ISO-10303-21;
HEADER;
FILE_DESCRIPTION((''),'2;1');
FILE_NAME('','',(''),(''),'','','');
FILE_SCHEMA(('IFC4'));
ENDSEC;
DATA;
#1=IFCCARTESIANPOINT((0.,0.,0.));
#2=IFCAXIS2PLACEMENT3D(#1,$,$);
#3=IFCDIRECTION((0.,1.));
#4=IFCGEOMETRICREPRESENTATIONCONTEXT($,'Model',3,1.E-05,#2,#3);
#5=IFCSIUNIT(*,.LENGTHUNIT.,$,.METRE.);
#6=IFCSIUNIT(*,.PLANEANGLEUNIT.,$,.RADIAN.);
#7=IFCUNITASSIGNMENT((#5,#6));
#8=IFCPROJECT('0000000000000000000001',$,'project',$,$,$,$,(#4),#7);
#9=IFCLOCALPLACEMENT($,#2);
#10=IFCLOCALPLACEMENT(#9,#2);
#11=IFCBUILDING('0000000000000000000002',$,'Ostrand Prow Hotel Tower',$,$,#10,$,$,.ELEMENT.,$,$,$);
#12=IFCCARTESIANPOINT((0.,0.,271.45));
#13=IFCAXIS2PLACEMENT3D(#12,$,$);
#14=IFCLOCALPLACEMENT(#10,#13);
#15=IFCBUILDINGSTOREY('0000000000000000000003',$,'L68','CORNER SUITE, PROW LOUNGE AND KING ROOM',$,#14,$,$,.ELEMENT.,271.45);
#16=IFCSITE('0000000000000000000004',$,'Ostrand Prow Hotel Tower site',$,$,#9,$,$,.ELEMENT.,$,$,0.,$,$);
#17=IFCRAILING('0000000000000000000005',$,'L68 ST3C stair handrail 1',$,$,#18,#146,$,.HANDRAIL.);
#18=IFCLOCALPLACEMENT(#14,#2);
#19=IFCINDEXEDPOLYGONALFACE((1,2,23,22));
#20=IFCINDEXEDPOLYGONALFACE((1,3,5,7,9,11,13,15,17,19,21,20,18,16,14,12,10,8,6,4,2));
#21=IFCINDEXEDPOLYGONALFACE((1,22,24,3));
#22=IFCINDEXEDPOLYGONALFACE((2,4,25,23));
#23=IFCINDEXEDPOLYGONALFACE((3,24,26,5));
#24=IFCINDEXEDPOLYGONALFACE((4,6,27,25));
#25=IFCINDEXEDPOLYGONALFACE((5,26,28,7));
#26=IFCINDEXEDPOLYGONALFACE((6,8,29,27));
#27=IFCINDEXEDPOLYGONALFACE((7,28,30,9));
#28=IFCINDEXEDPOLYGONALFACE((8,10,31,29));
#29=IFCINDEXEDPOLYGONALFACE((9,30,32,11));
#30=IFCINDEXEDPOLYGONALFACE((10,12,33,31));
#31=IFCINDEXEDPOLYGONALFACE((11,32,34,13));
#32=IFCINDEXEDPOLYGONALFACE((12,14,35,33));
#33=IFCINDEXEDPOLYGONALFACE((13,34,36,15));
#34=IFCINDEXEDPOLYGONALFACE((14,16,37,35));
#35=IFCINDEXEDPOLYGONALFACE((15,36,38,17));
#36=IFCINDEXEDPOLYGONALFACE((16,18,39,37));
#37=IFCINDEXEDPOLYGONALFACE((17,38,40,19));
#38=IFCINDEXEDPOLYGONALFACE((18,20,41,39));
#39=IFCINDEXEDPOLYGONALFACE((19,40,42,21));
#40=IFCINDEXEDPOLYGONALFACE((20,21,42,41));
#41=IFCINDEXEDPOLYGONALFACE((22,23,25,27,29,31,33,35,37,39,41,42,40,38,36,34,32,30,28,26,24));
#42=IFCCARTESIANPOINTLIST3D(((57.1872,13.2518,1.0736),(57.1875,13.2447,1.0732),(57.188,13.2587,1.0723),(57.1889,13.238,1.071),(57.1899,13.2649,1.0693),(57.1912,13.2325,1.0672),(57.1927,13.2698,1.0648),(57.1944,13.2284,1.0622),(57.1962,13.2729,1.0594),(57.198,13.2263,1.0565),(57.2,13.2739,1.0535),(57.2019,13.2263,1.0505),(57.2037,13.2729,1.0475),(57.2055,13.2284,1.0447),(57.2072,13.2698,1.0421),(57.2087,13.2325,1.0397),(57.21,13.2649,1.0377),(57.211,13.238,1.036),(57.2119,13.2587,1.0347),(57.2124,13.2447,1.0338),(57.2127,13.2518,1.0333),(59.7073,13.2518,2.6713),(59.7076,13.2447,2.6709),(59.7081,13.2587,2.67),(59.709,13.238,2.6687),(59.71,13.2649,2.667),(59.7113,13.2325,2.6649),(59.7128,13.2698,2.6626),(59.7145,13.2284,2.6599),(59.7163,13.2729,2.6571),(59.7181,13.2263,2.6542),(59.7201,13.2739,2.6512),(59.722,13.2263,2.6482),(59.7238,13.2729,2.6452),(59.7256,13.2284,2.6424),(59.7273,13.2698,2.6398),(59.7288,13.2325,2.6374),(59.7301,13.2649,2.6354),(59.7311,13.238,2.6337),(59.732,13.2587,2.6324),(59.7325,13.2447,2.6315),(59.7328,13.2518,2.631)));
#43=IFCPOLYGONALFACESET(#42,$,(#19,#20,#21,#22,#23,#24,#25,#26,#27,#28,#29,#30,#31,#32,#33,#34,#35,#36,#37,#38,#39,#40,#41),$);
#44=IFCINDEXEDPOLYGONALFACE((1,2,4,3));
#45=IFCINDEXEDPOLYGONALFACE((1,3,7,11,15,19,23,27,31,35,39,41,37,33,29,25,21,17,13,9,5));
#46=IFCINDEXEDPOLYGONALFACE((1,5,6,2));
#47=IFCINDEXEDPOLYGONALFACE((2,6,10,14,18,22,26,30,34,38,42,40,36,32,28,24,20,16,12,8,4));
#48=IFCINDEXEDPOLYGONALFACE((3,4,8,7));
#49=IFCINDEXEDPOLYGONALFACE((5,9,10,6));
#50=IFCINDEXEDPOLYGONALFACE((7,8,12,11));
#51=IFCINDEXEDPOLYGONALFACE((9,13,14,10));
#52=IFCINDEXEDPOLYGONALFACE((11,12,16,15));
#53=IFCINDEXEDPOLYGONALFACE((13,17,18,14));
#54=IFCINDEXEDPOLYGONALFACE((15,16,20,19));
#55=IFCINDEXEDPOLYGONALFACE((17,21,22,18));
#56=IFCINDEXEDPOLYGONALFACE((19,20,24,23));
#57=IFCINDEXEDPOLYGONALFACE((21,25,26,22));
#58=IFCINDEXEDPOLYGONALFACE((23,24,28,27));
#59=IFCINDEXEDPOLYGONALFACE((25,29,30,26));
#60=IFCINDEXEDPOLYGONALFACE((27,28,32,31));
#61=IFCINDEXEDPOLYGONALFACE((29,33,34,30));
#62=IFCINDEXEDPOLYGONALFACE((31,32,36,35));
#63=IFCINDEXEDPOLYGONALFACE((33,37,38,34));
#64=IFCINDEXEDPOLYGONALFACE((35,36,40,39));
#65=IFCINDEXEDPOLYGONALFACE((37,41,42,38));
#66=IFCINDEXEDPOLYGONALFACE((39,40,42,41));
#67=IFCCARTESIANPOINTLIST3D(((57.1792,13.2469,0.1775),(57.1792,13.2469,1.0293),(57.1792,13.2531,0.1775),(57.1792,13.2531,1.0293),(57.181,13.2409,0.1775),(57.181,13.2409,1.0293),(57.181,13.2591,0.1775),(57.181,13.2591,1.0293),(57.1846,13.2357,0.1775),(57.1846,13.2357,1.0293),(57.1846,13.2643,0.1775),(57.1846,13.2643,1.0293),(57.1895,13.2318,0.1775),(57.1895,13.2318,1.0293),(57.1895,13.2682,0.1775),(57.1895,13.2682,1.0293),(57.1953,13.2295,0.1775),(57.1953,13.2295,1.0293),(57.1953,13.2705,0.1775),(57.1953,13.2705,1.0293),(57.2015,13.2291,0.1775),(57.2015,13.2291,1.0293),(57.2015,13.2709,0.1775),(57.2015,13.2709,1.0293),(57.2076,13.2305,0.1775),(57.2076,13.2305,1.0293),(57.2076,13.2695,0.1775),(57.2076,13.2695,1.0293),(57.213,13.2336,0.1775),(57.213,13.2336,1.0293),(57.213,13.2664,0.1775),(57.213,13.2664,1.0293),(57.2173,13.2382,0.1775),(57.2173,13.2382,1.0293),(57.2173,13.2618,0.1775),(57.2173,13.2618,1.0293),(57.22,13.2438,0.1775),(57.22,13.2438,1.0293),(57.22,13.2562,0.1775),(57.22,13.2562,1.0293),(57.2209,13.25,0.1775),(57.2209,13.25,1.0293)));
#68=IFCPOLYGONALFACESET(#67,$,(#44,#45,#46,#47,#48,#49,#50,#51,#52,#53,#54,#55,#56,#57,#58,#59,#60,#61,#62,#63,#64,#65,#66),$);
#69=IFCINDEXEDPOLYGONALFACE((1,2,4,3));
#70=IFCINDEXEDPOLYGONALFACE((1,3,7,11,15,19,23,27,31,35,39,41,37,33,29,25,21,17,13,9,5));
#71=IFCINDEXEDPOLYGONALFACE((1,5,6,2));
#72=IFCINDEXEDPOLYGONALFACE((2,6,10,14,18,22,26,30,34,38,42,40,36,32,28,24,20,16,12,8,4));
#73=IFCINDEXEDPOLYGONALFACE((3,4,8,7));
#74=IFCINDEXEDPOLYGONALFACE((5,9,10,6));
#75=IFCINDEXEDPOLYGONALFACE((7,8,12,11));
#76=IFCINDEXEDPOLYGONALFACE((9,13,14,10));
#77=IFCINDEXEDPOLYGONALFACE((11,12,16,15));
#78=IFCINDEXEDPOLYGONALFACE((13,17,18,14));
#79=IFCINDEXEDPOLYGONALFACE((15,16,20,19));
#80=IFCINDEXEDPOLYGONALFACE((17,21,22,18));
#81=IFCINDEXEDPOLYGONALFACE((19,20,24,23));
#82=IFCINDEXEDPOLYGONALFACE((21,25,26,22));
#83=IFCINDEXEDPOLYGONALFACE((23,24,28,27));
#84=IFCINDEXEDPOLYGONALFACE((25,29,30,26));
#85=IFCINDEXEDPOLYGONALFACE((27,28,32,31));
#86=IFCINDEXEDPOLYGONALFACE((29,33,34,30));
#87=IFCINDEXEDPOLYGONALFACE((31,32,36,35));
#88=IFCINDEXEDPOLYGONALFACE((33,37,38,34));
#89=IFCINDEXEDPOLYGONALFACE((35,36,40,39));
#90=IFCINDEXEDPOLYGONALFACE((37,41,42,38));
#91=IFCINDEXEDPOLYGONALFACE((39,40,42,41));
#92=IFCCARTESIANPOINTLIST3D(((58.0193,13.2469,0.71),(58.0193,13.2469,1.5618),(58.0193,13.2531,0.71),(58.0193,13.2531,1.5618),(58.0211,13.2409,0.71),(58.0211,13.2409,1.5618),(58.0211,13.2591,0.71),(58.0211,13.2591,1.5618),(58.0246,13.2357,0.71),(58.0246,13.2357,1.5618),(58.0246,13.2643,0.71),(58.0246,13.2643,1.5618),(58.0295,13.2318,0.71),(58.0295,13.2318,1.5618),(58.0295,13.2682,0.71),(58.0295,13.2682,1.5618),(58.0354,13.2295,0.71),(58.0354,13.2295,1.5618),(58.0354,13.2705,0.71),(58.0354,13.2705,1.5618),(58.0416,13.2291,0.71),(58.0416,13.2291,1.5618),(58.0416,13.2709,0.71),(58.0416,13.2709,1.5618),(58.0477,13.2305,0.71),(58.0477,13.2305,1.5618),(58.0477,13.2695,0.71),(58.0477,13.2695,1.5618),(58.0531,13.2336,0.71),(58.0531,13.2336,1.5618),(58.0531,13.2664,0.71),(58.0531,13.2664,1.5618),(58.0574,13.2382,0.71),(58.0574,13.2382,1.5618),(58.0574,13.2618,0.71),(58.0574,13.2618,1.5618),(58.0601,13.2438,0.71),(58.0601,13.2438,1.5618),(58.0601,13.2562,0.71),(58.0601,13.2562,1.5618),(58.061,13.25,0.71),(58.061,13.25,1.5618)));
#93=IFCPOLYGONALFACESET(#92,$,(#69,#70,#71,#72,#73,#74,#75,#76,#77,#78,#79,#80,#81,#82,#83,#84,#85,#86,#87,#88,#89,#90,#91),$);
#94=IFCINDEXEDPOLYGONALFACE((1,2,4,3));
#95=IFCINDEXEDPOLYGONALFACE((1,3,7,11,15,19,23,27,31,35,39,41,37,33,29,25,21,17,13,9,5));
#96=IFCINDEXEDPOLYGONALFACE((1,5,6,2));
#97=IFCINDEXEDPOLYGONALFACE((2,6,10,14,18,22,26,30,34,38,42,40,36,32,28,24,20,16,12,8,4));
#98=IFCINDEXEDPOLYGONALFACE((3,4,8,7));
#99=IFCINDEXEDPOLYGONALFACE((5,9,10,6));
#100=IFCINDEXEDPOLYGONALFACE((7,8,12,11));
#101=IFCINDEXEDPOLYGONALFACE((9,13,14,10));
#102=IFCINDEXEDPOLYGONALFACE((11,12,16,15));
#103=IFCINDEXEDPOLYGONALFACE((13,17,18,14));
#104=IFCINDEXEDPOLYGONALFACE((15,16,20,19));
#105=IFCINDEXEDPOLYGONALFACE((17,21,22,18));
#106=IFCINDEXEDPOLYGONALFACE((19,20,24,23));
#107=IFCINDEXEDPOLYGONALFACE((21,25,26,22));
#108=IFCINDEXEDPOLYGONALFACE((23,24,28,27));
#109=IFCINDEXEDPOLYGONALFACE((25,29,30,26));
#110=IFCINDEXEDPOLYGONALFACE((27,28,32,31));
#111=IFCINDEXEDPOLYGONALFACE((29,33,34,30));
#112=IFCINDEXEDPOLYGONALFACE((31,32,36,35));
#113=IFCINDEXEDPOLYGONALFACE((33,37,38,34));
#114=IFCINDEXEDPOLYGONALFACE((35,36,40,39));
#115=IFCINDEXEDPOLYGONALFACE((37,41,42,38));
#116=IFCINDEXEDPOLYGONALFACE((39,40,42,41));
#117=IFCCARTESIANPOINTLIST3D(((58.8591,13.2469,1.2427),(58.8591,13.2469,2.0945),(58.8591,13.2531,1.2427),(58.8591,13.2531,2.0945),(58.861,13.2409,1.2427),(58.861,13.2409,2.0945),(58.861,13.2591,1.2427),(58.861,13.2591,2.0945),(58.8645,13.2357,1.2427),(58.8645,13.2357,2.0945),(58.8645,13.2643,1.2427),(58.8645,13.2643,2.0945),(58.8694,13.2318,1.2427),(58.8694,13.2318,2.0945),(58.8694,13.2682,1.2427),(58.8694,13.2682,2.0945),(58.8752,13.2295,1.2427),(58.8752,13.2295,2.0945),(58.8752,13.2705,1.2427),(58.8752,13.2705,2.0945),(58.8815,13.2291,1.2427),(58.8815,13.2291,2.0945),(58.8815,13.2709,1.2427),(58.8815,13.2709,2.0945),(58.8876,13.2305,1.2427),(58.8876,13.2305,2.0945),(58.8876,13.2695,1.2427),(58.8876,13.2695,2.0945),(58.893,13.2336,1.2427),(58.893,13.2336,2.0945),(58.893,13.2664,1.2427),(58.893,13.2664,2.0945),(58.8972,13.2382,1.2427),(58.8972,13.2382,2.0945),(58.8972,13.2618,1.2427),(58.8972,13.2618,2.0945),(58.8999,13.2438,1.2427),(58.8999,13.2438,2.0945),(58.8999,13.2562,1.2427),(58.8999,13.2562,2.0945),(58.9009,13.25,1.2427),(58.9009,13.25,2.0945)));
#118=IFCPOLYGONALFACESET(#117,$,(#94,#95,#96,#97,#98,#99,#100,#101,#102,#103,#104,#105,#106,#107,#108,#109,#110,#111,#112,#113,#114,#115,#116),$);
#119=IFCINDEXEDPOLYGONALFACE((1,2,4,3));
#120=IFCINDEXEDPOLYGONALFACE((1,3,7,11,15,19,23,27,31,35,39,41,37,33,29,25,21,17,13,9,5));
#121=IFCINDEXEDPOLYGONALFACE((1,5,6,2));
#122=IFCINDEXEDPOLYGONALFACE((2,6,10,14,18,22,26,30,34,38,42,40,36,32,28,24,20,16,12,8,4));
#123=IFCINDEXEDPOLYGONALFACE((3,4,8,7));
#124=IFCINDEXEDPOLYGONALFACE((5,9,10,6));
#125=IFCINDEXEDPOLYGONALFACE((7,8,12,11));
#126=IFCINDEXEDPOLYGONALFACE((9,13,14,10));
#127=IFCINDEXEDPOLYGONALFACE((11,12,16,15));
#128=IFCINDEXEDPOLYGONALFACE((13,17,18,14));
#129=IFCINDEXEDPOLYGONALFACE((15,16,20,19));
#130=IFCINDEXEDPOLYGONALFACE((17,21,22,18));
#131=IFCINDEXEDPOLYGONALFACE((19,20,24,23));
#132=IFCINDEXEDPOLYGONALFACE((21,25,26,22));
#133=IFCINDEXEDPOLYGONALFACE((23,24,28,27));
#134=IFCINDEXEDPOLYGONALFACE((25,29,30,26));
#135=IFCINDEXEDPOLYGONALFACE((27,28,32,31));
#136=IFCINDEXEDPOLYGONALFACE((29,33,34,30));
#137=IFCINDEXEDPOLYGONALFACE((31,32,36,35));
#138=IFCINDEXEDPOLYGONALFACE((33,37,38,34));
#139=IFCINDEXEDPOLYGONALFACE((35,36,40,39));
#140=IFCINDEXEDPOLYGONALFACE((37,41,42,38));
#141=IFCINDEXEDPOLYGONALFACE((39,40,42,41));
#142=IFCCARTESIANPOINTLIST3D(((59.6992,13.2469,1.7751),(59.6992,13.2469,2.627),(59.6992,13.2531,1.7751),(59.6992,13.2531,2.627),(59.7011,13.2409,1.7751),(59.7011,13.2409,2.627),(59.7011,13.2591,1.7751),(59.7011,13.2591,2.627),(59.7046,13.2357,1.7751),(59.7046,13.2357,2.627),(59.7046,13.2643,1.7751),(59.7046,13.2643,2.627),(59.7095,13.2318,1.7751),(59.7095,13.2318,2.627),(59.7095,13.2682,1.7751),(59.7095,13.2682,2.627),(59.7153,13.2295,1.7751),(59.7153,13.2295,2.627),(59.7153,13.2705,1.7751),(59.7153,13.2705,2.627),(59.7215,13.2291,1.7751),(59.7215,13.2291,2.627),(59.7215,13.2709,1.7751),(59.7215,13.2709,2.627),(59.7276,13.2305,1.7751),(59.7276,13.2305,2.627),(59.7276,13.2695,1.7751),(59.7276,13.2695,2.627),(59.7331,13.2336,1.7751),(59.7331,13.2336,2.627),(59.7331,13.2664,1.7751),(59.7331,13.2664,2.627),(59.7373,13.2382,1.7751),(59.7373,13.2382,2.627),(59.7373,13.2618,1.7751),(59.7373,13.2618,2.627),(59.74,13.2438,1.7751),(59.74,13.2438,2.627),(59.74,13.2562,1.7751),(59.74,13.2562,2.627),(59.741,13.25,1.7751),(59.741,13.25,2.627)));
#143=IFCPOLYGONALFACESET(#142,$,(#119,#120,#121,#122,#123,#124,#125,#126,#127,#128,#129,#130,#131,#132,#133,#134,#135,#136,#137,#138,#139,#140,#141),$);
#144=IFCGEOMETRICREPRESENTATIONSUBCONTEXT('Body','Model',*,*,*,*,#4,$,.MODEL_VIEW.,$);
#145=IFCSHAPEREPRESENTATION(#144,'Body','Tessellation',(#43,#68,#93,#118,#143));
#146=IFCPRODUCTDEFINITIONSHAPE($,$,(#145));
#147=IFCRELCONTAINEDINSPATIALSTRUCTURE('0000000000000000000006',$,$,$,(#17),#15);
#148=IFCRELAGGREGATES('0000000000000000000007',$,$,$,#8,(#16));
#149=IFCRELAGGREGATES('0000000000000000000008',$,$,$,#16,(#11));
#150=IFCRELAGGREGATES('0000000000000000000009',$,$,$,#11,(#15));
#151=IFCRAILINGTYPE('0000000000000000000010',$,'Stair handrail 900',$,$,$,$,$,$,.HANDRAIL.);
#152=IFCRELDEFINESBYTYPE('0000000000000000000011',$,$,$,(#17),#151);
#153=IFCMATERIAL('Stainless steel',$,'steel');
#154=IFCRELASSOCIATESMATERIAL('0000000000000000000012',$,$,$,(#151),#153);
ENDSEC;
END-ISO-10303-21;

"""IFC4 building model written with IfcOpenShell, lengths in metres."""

from ifc_helpers import new_model, si_unit, direction, frame, origin, origin_2d, place, context, subcontext, project, spatial, circle, extrude, material, type_object, element, save


model = new_model("IFC4")

# Units and contexts
model_context = context("Model", 3, precision=1e-05, world=origin(), true_north=direction((0.0, 1.0)))
body_context = subcontext(model_context, "Body", "Model", "MODEL_VIEW")
ifc_project = project(units=[si_unit("LENGTHUNIT", "METRE"), si_unit("PLANEANGLEUNIT", "RADIAN")], contexts=[model_context])

# Site, building, storey
site_placement = place(None, origin())
site = spatial("IfcSite", under=ifc_project, at=site_placement, Name="Ostrand Prow Hotel Tower site", CompositionType="ELEMENT", RefElevation=0.0)
building_placement = place(site_placement, origin())
building = spatial("IfcBuilding", under=site, at=building_placement, Name="Ostrand Prow Hotel Tower", CompositionType="ELEMENT")
storey_placement = place(building_placement, frame((0.0, 0.0, 271.45)))
storey = spatial("IfcBuildingStorey", under=building, at=storey_placement, Name="L68", Description="CORNER SUITE, PROW LOUNGE AND KING ROOM", CompositionType="ELEMENT", Elevation=271.45)

# Railing
ifc_material_1 = material(Name="Stainless steel", Category="steel")
railing_type_1 = type_object("IfcRailingType", Name="Stair handrail 900", PredefinedType="HANDRAIL", material=ifc_material_1)
railing_1_placement = place(storey_placement, frame((57.2, 13.25, 0.1775)))
element("IfcRailing", 1, at=railing_1_placement, inside=storey, type_object=railing_type_1, Name="L68 ST3C stair handrail 1", PredefinedType="HANDRAIL", context=body_context, shape_type="SweptSolid", body=[
    extrude(circle(Radius=0.0239, at=origin_2d()), frame((0.0, 0.0, 0.876), z_axis=(0.84457, 0.0, 0.535445), x_axis=(0.0, 1.0, 0.0)), (0.0, 0.0, 1.0), 2.9839),
    extrude(circle(Radius=0.021, at=origin_2d()), origin(), (0.0, 0.0, 1.0), 0.8518),
    extrude(circle(Radius=0.021, at=origin_2d()), frame((0.8401, 0.0, 0.5325)), (0.0, 0.0, 1.0), 0.8518),
    extrude(circle(Radius=0.021, at=origin_2d()), frame((1.6799, 0.0, 1.0652)), (0.0, 0.0, 1.0), 0.8518),
    extrude(circle(Radius=0.021, at=origin_2d()), frame((2.52, 0.0, 1.5977)), (0.0, 0.0, 1.0), 0.8518),
])

save(model, "model.ifc")
